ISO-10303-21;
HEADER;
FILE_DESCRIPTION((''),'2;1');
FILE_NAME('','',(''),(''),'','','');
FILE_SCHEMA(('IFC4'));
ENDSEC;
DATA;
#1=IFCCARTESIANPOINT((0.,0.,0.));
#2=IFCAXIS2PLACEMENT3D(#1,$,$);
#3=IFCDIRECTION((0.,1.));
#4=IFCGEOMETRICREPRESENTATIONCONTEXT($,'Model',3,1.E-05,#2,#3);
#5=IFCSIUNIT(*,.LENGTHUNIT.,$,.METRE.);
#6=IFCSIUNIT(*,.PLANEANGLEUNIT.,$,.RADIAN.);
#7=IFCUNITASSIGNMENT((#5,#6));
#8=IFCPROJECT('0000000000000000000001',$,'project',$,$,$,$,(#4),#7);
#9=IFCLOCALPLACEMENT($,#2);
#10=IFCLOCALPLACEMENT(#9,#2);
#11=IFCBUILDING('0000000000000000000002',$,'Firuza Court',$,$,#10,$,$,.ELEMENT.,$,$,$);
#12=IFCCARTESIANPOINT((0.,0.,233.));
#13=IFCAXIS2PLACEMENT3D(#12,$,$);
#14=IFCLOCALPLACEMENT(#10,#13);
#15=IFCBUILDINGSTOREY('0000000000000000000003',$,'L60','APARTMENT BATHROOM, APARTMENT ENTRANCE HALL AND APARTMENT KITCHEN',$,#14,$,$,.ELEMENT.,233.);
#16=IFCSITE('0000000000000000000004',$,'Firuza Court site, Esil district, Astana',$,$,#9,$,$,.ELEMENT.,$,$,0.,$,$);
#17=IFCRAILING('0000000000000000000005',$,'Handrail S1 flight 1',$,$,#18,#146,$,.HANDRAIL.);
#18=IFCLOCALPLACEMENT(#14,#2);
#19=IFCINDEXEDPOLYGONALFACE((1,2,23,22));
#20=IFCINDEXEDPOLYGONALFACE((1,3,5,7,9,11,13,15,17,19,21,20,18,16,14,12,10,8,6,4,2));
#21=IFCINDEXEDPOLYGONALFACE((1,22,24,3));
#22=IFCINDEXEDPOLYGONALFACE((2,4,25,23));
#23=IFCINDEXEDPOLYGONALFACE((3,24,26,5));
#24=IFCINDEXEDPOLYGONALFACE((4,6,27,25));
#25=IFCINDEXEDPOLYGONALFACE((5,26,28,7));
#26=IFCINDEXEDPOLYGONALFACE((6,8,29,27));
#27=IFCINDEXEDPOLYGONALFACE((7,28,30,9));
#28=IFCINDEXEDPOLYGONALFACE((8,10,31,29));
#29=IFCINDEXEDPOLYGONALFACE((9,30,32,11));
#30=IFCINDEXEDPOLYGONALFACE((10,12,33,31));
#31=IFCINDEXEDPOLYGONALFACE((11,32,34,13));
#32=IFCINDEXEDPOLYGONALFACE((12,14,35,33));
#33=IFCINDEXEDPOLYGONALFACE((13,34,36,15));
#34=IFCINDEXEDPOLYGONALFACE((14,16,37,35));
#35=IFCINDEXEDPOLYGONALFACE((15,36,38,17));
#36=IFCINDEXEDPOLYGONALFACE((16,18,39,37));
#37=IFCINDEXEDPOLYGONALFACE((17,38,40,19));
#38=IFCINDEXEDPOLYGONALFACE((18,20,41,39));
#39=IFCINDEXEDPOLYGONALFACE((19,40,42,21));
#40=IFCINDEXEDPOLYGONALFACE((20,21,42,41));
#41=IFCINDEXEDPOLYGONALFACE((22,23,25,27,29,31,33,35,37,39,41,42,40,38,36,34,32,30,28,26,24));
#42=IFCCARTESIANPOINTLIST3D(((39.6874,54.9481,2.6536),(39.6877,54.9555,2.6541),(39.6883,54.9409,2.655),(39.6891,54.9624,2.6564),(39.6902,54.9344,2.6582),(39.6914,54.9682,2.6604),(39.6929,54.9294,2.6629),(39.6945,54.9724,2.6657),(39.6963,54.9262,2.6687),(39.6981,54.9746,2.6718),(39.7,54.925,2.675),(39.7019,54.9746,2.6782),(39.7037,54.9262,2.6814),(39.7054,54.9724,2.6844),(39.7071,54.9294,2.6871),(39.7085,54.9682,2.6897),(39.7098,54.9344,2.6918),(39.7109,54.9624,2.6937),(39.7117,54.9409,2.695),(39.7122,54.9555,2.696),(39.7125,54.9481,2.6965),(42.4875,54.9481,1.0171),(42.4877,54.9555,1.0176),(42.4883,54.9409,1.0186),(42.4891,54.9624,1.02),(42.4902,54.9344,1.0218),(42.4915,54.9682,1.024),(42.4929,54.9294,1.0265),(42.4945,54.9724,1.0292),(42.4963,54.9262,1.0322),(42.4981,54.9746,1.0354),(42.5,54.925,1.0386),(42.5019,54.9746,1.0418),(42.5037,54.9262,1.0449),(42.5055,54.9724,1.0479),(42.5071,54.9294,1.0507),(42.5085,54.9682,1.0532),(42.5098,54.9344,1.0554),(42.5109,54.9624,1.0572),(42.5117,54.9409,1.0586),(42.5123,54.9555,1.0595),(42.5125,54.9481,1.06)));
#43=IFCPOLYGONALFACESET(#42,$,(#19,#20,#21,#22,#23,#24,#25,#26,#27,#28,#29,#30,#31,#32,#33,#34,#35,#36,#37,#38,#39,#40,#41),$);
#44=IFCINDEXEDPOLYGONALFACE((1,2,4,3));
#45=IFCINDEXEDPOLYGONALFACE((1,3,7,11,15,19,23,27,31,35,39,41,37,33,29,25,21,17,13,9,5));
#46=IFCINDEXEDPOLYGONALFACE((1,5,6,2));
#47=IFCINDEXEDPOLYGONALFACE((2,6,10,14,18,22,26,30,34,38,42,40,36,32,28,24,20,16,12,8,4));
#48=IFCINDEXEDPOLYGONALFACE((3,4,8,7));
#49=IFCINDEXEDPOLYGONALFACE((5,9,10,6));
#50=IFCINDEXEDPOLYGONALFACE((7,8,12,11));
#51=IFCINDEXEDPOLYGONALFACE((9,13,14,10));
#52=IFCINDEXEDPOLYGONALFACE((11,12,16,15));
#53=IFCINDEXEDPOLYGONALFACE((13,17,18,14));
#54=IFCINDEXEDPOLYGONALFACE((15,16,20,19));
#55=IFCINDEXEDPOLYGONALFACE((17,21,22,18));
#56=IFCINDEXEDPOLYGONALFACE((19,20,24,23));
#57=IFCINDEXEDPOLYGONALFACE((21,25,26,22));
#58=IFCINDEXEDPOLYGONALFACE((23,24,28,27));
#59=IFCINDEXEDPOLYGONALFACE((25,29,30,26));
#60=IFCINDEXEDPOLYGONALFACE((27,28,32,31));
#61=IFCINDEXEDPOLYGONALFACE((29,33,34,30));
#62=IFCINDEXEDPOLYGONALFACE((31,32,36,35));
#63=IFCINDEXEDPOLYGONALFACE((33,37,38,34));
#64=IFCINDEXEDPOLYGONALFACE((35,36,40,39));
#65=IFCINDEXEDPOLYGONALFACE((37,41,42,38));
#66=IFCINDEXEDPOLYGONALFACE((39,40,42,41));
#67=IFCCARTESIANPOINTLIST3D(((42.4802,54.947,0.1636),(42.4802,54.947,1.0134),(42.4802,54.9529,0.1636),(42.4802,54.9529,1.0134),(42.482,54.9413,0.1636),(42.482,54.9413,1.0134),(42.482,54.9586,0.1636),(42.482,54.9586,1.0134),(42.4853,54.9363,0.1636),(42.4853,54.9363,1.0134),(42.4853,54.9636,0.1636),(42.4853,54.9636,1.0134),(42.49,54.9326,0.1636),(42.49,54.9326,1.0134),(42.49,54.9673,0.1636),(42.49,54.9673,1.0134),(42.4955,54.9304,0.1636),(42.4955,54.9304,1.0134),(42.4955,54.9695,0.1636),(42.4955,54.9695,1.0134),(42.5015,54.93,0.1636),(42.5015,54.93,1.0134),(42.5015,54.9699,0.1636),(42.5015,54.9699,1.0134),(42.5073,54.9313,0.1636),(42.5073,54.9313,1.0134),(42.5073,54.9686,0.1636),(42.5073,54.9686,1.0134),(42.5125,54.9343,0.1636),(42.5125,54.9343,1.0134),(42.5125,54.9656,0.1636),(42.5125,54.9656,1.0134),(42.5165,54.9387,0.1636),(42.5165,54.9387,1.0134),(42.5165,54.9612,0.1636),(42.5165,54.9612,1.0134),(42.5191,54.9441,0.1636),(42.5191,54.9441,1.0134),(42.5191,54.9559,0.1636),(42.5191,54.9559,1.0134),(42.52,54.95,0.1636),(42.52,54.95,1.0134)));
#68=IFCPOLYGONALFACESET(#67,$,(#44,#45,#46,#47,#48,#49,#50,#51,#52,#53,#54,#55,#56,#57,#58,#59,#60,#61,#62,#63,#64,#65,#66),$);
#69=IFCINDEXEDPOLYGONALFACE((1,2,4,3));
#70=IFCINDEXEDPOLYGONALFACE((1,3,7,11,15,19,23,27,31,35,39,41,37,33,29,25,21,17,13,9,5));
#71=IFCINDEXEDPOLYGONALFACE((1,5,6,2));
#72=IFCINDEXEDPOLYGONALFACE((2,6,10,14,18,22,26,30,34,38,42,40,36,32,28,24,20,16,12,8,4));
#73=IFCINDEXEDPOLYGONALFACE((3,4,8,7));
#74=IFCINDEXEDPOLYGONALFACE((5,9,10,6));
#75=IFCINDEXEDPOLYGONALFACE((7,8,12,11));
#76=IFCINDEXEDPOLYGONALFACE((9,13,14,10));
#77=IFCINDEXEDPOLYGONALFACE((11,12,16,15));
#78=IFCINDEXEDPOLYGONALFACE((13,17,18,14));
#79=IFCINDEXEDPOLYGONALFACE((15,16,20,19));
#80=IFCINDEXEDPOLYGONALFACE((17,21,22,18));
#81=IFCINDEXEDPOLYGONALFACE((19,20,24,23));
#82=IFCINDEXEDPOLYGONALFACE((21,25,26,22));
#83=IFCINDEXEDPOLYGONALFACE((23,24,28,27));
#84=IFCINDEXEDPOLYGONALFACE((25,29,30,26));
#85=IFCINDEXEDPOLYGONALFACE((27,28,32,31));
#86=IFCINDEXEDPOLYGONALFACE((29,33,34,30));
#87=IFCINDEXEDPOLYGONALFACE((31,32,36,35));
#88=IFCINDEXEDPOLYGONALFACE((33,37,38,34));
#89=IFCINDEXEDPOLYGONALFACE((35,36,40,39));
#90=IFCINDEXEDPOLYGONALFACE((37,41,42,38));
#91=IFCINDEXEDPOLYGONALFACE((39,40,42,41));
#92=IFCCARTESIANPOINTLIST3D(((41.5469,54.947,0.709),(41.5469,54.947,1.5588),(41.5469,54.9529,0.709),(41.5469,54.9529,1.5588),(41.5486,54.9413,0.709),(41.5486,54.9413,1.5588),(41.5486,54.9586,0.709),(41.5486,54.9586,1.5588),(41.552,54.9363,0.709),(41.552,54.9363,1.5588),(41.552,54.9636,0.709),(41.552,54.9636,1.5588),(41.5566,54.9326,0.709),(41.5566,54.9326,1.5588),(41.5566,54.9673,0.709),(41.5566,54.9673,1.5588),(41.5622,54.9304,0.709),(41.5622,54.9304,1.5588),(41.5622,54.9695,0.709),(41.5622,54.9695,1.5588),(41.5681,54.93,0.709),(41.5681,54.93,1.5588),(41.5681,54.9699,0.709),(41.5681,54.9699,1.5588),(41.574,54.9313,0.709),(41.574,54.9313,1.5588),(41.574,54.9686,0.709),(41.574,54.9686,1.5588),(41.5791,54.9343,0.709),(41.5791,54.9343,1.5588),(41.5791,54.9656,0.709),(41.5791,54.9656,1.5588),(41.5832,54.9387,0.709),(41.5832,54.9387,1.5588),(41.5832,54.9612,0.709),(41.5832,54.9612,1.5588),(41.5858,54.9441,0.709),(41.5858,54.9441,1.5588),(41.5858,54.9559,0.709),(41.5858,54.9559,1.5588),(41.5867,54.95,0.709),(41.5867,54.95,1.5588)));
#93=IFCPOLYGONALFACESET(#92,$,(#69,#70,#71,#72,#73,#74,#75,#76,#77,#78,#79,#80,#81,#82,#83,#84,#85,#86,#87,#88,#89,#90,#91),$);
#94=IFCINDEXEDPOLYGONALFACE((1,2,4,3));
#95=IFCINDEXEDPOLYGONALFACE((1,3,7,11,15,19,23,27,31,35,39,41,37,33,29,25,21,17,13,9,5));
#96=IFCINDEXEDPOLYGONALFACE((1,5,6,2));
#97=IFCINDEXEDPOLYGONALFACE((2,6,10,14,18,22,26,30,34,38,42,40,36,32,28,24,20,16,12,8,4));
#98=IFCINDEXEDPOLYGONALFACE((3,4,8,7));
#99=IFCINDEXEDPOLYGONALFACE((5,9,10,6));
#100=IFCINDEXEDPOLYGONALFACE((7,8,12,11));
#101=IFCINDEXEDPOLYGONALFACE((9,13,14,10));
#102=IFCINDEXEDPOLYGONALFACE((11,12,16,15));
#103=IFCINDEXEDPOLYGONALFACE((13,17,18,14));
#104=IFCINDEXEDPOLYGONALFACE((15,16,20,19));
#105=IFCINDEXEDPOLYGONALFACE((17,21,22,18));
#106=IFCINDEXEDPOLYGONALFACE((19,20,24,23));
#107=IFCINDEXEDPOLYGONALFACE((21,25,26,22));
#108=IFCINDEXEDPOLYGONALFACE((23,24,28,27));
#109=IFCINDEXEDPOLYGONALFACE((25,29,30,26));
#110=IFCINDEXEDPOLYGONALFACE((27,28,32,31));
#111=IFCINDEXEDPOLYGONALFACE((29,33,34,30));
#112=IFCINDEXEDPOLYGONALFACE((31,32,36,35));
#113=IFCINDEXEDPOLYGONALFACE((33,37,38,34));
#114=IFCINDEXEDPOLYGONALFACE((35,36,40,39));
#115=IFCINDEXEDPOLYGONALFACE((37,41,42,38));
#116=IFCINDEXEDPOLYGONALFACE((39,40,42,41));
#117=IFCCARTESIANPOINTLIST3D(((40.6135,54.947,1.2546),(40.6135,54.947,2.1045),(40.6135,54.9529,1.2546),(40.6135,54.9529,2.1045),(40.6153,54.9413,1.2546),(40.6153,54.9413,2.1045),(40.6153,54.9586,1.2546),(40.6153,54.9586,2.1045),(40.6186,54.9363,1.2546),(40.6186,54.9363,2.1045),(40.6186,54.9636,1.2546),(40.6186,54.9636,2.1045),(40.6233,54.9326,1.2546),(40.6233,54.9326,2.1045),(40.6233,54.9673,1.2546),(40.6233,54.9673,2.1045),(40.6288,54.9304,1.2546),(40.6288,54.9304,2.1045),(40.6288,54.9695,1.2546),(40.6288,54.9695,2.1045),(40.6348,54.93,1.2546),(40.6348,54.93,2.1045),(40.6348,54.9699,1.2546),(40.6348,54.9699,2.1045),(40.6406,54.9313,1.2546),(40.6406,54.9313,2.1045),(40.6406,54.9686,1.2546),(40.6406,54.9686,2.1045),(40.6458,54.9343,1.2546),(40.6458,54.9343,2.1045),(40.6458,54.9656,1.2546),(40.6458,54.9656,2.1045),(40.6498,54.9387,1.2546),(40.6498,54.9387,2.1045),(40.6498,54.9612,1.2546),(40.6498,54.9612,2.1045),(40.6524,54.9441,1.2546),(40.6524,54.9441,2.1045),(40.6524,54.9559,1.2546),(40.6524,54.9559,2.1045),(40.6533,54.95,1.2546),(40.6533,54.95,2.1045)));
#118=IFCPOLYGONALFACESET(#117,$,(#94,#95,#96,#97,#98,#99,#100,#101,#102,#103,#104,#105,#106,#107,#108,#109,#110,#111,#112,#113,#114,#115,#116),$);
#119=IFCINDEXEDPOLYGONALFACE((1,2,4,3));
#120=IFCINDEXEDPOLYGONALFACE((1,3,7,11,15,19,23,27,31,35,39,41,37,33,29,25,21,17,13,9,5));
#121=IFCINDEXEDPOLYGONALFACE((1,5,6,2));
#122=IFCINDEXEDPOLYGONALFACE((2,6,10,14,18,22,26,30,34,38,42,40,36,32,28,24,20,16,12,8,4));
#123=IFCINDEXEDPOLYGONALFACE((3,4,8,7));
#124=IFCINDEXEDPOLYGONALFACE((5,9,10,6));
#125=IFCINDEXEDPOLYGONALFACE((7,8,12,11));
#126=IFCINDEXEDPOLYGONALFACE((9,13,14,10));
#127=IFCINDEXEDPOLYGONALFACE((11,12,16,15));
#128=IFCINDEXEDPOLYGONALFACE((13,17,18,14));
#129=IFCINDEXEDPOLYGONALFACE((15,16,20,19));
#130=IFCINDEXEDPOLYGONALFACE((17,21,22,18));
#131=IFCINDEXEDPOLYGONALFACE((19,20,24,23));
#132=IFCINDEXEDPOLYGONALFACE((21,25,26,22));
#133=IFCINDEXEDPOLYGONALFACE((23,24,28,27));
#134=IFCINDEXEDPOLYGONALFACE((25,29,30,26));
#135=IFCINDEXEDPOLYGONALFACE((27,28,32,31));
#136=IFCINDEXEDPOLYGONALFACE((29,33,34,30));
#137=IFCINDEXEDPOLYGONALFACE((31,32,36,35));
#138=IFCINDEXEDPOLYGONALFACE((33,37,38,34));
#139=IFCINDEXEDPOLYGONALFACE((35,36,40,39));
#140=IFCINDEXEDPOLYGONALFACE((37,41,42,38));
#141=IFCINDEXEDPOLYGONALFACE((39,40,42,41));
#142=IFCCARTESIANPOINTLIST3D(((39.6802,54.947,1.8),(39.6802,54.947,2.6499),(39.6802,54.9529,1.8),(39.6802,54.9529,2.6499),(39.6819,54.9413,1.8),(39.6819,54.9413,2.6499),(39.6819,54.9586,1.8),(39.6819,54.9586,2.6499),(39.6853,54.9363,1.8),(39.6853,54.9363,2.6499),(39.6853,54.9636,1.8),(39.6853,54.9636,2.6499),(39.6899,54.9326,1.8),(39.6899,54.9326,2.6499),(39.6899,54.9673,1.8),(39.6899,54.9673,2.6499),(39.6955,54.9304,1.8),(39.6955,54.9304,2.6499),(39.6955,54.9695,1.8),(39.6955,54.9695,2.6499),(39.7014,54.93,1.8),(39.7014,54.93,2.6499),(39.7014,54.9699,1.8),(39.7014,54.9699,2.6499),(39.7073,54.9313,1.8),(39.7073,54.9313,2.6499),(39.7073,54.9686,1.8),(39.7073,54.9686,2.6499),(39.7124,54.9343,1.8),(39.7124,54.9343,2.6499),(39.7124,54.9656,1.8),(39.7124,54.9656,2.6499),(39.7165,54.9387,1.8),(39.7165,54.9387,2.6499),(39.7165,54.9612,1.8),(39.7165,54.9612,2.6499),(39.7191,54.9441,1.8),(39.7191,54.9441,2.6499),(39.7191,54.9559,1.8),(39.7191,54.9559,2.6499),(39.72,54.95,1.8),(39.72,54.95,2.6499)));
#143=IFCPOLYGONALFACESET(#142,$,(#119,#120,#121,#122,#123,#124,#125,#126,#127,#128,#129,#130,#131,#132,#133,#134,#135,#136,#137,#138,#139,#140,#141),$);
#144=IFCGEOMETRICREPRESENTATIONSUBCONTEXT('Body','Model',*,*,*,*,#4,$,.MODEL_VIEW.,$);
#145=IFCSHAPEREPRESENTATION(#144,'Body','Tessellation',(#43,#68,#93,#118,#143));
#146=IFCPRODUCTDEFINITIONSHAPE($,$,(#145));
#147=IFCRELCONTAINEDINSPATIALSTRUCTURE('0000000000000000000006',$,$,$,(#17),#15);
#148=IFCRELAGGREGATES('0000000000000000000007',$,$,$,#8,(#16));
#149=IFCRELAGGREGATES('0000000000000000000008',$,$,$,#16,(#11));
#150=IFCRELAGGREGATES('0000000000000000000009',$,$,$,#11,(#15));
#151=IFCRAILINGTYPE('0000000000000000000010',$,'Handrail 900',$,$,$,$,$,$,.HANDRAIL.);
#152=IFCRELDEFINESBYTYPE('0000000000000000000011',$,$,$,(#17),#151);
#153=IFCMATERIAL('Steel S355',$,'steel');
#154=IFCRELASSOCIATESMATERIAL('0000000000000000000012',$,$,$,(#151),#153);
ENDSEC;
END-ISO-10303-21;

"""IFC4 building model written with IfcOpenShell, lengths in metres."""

from ifc_helpers import new_model, si_unit, direction, frame, origin, origin_2d, place, context, subcontext, project, spatial, circle, extrude, material, type_object, element, save


model = new_model("IFC4")

# Units and contexts
model_context = context("Model", 3, precision=1e-05, world=origin(), true_north=direction((0.0, 1.0)))
body_context = subcontext(model_context, "Body", "Model", "MODEL_VIEW")
ifc_project = project(units=[si_unit("LENGTHUNIT", "METRE"), si_unit("PLANEANGLEUNIT", "RADIAN")], contexts=[model_context])

# Site, building, storey
site_placement = place(None, origin())
site = spatial("IfcSite", under=ifc_project, at=site_placement, Name="Firuza Court site, Esil district, Astana", CompositionType="ELEMENT", RefElevation=0.0)
building_placement = place(site_placement, origin())
building = spatial("IfcBuilding", under=site, at=building_placement, Name="Firuza Court", CompositionType="ELEMENT")
storey_placement = place(building_placement, frame((0.0, 0.0, 233.0)))
storey = spatial("IfcBuildingStorey", under=building, at=storey_placement, Name="L60", Description="APARTMENT BATHROOM, APARTMENT ENTRANCE HALL AND APARTMENT KITCHEN", CompositionType="ELEMENT", Elevation=233.0)

# Railing
ifc_material_1 = material(Name="Steel S355", Category="steel")
railing_type_1 = type_object("IfcRailingType", Name="Handrail 900", PredefinedType="HANDRAIL", material=ifc_material_1)
railing_1_placement = place(storey_placement, frame((42.5, 54.95, 0.1636)))
element("IfcRailing", 1, at=railing_1_placement, inside=storey, type_object=railing_type_1, Name="Handrail S1 flight 1", PredefinedType="HANDRAIL", context=body_context, shape_type="SweptSolid", body=[
    extrude(circle(Radius=0.0249, at=origin_2d()), frame((0.0, 0.0, 0.875), z_axis=(-0.863361, 0.0, 0.504587), x_axis=(0.0, -1.0, 0.0)), (0.0, 0.0, 1.0), 3.2432),
    extrude(circle(Radius=0.02, at=origin_2d()), origin(), (0.0, 0.0, 1.0), 0.8499),
    extrude(circle(Radius=0.02, at=origin_2d()), frame((-0.9333, 0.0, 0.5454)), (0.0, 0.0, 1.0), 0.8499),
    extrude(circle(Radius=0.02, at=origin_2d()), frame((-1.8667, 0.0, 1.0911)), (0.0, 0.0, 1.0), 0.8499),
    extrude(circle(Radius=0.02, at=origin_2d()), frame((-2.8, 0.0, 1.6365)), (0.0, 0.0, 1.0), 0.8499),
])

save(model, "model.ifc")
